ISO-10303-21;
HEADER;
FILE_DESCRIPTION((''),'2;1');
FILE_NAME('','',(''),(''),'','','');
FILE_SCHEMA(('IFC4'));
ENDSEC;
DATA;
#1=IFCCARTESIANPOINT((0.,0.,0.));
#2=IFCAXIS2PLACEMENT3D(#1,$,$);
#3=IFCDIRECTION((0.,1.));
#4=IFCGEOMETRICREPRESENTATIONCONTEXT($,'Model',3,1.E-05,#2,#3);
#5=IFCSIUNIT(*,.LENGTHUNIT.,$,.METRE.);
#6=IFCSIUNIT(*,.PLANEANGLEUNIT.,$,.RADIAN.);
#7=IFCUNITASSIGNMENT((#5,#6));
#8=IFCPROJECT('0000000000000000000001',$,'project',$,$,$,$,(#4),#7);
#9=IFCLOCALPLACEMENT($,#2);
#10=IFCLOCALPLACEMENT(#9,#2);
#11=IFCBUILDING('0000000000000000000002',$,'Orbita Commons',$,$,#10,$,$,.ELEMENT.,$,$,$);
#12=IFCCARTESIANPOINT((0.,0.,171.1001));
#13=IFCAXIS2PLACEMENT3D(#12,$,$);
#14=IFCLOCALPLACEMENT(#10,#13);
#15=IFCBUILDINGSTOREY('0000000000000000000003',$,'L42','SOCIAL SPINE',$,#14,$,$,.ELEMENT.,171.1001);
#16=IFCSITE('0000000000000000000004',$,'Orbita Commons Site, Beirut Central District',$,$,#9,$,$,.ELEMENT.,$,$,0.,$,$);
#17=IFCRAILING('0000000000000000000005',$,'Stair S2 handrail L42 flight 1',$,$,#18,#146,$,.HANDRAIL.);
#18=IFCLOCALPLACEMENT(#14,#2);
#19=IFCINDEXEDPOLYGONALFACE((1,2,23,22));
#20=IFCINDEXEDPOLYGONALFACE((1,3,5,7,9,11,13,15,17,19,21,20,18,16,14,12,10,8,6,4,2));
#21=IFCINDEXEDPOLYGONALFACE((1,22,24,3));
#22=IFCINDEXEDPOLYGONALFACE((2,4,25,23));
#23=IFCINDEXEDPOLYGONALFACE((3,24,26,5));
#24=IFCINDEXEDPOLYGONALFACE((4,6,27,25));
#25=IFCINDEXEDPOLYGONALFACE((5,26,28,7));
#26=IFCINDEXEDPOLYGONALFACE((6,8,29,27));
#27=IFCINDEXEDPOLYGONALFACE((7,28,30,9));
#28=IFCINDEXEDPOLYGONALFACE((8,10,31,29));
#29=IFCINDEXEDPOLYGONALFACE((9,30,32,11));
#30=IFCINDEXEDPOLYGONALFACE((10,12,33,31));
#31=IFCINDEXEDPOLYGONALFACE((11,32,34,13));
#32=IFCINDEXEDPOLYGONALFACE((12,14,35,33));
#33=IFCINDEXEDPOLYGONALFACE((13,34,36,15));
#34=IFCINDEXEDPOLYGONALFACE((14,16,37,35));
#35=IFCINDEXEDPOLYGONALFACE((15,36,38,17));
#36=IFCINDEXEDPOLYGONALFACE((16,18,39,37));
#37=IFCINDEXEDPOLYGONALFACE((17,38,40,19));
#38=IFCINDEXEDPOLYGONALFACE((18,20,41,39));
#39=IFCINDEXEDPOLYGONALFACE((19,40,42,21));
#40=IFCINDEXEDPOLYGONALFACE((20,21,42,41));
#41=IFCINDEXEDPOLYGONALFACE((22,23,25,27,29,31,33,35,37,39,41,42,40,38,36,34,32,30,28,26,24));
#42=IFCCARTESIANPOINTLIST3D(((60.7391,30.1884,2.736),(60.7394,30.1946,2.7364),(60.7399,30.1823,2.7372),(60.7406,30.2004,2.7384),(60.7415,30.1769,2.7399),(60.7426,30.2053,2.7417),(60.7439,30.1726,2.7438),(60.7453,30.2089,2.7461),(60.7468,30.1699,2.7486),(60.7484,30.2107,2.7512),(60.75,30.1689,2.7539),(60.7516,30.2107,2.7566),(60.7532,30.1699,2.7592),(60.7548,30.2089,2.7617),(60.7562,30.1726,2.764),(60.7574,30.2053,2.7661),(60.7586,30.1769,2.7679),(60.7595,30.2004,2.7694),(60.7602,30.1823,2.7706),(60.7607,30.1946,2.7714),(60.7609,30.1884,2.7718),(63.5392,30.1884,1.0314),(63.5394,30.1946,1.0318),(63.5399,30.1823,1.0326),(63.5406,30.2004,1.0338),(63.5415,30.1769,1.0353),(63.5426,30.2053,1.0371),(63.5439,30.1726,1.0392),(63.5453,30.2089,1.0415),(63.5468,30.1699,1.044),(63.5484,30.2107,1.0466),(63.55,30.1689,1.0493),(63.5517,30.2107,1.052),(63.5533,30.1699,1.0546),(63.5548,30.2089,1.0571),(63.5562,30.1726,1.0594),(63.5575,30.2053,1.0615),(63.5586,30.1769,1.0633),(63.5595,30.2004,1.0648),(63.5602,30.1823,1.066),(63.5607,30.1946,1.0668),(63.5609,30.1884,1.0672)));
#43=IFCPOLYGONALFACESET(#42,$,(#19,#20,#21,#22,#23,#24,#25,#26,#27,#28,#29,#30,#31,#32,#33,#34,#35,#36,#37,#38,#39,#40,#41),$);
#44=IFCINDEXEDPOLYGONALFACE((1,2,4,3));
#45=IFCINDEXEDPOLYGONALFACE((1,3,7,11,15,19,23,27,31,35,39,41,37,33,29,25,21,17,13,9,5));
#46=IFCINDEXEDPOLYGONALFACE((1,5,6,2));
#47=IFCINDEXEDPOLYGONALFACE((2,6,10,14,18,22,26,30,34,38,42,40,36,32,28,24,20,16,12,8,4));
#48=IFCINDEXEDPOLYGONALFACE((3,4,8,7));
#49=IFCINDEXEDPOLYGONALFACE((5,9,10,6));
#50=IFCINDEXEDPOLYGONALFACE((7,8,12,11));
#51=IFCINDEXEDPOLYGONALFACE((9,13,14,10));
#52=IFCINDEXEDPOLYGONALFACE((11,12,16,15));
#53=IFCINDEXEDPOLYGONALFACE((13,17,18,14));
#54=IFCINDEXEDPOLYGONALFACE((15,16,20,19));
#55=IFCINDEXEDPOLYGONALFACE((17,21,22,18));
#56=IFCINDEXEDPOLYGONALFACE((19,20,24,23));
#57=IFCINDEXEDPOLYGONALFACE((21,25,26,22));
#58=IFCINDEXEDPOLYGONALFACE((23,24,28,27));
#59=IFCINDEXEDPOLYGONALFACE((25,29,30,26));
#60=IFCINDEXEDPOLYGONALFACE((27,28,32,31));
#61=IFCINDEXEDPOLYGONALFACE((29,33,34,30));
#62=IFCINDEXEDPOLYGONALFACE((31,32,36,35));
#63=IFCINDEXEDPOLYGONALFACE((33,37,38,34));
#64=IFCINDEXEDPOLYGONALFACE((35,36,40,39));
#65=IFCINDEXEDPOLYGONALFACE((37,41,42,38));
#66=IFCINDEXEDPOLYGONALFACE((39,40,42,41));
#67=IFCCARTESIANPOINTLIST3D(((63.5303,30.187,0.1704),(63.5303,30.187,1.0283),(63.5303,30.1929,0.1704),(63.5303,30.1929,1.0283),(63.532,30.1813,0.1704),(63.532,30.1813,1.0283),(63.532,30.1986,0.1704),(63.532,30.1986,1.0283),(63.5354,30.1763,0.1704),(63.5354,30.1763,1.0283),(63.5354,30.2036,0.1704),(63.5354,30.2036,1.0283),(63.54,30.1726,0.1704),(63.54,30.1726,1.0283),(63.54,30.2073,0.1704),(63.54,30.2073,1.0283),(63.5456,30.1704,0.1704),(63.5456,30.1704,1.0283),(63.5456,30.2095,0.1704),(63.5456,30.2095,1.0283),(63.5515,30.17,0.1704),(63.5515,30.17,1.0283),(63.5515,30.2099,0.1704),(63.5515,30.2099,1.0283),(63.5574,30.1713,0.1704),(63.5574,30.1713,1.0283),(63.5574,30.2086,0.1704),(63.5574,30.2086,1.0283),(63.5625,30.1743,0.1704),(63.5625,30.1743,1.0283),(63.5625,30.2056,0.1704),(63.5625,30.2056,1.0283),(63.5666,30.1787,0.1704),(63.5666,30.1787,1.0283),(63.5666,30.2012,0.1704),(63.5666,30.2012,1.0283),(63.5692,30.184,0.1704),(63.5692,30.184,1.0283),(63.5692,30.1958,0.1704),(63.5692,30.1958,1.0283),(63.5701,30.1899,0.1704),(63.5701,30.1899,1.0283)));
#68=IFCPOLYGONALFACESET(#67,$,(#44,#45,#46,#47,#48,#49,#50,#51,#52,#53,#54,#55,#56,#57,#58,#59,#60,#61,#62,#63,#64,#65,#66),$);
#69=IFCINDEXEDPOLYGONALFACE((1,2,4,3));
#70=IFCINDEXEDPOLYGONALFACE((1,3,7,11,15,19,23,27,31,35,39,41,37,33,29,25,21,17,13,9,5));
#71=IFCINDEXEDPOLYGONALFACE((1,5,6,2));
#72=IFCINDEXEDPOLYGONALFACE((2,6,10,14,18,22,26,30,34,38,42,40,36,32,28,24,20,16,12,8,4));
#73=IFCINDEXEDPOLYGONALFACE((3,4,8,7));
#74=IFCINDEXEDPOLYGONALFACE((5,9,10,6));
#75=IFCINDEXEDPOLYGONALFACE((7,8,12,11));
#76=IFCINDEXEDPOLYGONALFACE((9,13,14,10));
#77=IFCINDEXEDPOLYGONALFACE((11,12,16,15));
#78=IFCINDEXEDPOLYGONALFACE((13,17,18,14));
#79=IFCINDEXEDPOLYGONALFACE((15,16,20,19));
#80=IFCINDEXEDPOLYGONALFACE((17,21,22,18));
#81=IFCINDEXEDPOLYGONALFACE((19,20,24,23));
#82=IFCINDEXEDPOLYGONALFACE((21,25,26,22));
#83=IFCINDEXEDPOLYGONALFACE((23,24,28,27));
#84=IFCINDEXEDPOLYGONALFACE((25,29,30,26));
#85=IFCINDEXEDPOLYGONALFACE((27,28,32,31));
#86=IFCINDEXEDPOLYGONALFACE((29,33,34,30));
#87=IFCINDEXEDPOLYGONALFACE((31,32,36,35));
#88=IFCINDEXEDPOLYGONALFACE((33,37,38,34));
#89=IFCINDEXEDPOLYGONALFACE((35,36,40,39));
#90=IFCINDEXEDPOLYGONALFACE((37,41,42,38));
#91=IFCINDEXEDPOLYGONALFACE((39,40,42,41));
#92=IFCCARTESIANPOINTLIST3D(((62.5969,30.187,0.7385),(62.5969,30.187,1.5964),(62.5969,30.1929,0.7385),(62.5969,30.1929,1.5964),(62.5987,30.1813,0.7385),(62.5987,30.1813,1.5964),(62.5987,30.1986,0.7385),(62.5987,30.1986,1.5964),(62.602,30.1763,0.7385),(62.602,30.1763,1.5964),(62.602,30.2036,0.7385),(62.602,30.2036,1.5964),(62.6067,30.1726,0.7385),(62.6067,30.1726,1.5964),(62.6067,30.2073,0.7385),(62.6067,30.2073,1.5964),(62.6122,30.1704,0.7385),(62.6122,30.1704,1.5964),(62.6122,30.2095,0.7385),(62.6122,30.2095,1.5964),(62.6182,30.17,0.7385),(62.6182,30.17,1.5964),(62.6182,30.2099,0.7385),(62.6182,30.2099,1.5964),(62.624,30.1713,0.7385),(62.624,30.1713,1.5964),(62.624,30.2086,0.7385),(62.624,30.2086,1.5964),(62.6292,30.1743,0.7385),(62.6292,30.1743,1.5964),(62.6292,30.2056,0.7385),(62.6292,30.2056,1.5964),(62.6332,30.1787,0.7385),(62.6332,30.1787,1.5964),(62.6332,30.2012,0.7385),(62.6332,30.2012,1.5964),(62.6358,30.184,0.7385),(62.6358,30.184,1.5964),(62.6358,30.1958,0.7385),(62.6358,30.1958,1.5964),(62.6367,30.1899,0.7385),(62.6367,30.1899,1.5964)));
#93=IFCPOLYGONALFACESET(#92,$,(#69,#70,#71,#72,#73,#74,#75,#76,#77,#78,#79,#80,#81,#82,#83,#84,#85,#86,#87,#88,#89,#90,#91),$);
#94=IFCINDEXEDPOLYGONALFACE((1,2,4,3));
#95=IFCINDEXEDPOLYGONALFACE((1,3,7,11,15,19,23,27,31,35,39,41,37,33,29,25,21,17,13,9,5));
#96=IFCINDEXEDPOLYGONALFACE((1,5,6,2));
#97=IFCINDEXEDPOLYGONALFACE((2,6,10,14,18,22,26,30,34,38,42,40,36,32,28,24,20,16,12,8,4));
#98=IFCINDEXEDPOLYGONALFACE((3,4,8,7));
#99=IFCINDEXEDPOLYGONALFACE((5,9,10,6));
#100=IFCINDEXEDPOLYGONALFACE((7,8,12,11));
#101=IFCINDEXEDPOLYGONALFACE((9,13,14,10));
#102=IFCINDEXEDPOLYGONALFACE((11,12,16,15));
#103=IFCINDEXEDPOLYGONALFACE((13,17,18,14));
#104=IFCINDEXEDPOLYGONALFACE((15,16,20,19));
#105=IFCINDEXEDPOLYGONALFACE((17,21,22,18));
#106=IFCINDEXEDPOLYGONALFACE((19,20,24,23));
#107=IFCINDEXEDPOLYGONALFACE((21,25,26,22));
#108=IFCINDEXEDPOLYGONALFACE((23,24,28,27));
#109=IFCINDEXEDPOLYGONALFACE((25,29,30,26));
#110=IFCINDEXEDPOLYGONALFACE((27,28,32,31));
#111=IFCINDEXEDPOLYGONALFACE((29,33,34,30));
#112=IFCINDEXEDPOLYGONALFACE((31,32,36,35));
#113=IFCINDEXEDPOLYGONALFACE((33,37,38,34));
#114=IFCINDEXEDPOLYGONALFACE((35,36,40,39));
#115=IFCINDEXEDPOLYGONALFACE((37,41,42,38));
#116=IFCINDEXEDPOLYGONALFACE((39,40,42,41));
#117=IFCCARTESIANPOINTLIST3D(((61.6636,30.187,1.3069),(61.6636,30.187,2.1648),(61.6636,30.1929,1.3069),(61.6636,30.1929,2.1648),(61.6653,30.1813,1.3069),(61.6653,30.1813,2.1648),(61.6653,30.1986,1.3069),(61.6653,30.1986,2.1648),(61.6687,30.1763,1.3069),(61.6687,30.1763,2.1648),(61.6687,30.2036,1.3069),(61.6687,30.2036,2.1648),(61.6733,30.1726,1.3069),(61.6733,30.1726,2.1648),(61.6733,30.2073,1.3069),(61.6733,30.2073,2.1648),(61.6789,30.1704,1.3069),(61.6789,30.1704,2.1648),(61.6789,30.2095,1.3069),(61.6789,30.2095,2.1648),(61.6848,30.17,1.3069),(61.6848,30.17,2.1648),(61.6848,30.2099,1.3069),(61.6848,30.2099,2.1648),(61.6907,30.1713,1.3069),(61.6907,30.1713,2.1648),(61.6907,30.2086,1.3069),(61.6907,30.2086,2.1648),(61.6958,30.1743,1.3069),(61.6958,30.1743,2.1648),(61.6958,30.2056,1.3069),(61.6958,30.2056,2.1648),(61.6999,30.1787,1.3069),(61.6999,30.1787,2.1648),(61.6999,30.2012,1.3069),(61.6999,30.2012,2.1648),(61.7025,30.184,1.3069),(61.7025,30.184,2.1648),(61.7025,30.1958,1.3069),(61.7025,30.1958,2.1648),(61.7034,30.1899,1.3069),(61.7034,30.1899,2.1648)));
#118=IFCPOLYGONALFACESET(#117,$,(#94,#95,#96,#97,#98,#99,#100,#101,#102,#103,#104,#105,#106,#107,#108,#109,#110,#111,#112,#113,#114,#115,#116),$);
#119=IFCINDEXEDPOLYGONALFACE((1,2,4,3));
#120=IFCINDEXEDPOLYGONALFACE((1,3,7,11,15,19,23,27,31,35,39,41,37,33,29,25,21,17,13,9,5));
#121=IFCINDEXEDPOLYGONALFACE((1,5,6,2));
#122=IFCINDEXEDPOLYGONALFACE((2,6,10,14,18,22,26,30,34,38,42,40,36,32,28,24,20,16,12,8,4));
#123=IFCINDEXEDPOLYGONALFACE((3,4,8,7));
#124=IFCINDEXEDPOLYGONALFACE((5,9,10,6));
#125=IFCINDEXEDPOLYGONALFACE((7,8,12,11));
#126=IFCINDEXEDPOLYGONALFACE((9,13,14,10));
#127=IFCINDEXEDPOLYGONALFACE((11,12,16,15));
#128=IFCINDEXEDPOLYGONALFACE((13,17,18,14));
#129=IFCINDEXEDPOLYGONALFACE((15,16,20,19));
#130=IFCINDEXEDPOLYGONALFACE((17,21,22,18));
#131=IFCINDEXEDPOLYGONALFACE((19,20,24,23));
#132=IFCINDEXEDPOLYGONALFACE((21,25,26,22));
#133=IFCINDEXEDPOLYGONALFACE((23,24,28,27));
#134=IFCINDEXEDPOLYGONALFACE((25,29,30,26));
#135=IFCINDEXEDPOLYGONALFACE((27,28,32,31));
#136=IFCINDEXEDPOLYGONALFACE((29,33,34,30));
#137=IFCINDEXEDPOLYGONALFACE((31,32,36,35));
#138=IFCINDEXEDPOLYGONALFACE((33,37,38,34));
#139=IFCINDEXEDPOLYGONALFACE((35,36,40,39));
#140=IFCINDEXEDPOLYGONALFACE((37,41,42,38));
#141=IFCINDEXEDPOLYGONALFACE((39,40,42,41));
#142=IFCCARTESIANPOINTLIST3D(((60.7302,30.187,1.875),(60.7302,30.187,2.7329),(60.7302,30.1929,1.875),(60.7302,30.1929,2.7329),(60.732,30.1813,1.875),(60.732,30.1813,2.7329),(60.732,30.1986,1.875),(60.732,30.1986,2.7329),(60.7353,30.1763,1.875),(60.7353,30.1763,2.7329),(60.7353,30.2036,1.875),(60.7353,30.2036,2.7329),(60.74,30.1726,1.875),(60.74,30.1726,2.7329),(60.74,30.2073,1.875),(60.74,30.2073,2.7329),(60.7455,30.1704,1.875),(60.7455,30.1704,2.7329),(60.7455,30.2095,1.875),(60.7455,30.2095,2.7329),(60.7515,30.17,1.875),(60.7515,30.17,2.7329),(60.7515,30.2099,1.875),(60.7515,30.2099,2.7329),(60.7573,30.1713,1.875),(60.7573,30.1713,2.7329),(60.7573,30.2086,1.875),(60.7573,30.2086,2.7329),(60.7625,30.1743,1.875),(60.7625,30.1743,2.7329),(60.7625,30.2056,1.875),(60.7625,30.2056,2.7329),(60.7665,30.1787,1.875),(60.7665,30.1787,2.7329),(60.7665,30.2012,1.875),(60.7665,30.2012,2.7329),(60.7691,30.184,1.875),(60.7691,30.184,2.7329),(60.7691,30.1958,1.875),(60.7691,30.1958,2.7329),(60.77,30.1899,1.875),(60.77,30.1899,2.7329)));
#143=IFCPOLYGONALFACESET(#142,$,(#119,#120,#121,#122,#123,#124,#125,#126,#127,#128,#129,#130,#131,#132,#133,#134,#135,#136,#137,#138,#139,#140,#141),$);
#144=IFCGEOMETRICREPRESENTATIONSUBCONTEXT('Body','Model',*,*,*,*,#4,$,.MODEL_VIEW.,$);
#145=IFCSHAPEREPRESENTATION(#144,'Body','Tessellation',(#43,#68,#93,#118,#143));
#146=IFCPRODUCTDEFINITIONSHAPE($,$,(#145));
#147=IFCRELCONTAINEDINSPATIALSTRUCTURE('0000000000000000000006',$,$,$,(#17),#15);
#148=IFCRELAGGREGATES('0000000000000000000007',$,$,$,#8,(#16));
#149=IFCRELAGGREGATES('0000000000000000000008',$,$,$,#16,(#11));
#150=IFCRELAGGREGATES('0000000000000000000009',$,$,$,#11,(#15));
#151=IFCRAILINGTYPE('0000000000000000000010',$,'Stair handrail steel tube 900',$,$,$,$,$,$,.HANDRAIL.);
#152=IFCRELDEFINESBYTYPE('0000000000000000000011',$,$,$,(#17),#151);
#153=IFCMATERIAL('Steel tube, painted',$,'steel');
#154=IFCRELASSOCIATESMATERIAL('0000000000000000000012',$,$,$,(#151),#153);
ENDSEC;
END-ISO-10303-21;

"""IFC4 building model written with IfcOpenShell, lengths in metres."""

from ifc_helpers import new_model, si_unit, direction, frame, origin, origin_2d, place, context, subcontext, project, spatial, circle, extrude, material, type_object, element, save


model = new_model("IFC4")

# Units and contexts
model_context = context("Model", 3, precision=1e-05, world=origin(), true_north=direction((0.0, 1.0)))
body_context = subcontext(model_context, "Body", "Model", "MODEL_VIEW")
ifc_project = project(units=[si_unit("LENGTHUNIT", "METRE"), si_unit("PLANEANGLEUNIT", "RADIAN")], contexts=[model_context])

# Site, building, storey
site_placement = place(None, origin())
site = spatial("IfcSite", under=ifc_project, at=site_placement, Name="Orbita Commons Site, Beirut Central District", CompositionType="ELEMENT", RefElevation=0.0)
building_placement = place(site_placement, origin())
building = spatial("IfcBuilding", under=site, at=building_placement, Name="Orbita Commons", CompositionType="ELEMENT")
storey_placement = place(building_placement, frame((0.0, 0.0, 171.1001)))
storey = spatial("IfcBuildingStorey", under=building, at=storey_placement, Name="L42", Description="SOCIAL SPINE", CompositionType="ELEMENT", Elevation=171.1001)

# Railing
ifc_material_1 = material(Name="Steel tube, painted", Category="steel")
railing_type = type_object("IfcRailingType", Name="Stair handrail steel tube 900", PredefinedType="HANDRAIL", material=ifc_material_1)
for number, where, name in (
    (1, (63.55, 30.1899, 0.1704), "Stair S2 handrail L42 flight 1"),
):
    element("IfcRailing", number, at=place(storey_placement, frame(where)), inside=storey, type_object=railing_type, Name=name, PredefinedType="HANDRAIL", context=body_context, shape_type="SweptSolid", body=[
        extrude(circle(Radius=0.021, at=origin_2d()), frame((0.0, 0.0, 0.8789), z_axis=(-0.85417, 0.0, 0.519994), x_axis=(0.0, -1.0, 0.0)), (0.0, 0.0, 1.0), 3.2781),
        extrude(circle(Radius=0.02, at=origin_2d()), origin(), (0.0, 0.0, 1.0), 0.8579),
        extrude(circle(Radius=0.02, at=origin_2d()), frame((-0.9333, 0.0, 0.5681)), (0.0, 0.0, 1.0), 0.8579),
        extrude(circle(Radius=0.02, at=origin_2d()), frame((-1.8667, 0.0, 1.1365)), (0.0, 0.0, 1.0), 0.8579),
        extrude(circle(Radius=0.02, at=origin_2d()), frame((-2.8, 0.0, 1.7046)), (0.0, 0.0, 1.0), 0.8579),
    ])

save(model, "model.ifc")
